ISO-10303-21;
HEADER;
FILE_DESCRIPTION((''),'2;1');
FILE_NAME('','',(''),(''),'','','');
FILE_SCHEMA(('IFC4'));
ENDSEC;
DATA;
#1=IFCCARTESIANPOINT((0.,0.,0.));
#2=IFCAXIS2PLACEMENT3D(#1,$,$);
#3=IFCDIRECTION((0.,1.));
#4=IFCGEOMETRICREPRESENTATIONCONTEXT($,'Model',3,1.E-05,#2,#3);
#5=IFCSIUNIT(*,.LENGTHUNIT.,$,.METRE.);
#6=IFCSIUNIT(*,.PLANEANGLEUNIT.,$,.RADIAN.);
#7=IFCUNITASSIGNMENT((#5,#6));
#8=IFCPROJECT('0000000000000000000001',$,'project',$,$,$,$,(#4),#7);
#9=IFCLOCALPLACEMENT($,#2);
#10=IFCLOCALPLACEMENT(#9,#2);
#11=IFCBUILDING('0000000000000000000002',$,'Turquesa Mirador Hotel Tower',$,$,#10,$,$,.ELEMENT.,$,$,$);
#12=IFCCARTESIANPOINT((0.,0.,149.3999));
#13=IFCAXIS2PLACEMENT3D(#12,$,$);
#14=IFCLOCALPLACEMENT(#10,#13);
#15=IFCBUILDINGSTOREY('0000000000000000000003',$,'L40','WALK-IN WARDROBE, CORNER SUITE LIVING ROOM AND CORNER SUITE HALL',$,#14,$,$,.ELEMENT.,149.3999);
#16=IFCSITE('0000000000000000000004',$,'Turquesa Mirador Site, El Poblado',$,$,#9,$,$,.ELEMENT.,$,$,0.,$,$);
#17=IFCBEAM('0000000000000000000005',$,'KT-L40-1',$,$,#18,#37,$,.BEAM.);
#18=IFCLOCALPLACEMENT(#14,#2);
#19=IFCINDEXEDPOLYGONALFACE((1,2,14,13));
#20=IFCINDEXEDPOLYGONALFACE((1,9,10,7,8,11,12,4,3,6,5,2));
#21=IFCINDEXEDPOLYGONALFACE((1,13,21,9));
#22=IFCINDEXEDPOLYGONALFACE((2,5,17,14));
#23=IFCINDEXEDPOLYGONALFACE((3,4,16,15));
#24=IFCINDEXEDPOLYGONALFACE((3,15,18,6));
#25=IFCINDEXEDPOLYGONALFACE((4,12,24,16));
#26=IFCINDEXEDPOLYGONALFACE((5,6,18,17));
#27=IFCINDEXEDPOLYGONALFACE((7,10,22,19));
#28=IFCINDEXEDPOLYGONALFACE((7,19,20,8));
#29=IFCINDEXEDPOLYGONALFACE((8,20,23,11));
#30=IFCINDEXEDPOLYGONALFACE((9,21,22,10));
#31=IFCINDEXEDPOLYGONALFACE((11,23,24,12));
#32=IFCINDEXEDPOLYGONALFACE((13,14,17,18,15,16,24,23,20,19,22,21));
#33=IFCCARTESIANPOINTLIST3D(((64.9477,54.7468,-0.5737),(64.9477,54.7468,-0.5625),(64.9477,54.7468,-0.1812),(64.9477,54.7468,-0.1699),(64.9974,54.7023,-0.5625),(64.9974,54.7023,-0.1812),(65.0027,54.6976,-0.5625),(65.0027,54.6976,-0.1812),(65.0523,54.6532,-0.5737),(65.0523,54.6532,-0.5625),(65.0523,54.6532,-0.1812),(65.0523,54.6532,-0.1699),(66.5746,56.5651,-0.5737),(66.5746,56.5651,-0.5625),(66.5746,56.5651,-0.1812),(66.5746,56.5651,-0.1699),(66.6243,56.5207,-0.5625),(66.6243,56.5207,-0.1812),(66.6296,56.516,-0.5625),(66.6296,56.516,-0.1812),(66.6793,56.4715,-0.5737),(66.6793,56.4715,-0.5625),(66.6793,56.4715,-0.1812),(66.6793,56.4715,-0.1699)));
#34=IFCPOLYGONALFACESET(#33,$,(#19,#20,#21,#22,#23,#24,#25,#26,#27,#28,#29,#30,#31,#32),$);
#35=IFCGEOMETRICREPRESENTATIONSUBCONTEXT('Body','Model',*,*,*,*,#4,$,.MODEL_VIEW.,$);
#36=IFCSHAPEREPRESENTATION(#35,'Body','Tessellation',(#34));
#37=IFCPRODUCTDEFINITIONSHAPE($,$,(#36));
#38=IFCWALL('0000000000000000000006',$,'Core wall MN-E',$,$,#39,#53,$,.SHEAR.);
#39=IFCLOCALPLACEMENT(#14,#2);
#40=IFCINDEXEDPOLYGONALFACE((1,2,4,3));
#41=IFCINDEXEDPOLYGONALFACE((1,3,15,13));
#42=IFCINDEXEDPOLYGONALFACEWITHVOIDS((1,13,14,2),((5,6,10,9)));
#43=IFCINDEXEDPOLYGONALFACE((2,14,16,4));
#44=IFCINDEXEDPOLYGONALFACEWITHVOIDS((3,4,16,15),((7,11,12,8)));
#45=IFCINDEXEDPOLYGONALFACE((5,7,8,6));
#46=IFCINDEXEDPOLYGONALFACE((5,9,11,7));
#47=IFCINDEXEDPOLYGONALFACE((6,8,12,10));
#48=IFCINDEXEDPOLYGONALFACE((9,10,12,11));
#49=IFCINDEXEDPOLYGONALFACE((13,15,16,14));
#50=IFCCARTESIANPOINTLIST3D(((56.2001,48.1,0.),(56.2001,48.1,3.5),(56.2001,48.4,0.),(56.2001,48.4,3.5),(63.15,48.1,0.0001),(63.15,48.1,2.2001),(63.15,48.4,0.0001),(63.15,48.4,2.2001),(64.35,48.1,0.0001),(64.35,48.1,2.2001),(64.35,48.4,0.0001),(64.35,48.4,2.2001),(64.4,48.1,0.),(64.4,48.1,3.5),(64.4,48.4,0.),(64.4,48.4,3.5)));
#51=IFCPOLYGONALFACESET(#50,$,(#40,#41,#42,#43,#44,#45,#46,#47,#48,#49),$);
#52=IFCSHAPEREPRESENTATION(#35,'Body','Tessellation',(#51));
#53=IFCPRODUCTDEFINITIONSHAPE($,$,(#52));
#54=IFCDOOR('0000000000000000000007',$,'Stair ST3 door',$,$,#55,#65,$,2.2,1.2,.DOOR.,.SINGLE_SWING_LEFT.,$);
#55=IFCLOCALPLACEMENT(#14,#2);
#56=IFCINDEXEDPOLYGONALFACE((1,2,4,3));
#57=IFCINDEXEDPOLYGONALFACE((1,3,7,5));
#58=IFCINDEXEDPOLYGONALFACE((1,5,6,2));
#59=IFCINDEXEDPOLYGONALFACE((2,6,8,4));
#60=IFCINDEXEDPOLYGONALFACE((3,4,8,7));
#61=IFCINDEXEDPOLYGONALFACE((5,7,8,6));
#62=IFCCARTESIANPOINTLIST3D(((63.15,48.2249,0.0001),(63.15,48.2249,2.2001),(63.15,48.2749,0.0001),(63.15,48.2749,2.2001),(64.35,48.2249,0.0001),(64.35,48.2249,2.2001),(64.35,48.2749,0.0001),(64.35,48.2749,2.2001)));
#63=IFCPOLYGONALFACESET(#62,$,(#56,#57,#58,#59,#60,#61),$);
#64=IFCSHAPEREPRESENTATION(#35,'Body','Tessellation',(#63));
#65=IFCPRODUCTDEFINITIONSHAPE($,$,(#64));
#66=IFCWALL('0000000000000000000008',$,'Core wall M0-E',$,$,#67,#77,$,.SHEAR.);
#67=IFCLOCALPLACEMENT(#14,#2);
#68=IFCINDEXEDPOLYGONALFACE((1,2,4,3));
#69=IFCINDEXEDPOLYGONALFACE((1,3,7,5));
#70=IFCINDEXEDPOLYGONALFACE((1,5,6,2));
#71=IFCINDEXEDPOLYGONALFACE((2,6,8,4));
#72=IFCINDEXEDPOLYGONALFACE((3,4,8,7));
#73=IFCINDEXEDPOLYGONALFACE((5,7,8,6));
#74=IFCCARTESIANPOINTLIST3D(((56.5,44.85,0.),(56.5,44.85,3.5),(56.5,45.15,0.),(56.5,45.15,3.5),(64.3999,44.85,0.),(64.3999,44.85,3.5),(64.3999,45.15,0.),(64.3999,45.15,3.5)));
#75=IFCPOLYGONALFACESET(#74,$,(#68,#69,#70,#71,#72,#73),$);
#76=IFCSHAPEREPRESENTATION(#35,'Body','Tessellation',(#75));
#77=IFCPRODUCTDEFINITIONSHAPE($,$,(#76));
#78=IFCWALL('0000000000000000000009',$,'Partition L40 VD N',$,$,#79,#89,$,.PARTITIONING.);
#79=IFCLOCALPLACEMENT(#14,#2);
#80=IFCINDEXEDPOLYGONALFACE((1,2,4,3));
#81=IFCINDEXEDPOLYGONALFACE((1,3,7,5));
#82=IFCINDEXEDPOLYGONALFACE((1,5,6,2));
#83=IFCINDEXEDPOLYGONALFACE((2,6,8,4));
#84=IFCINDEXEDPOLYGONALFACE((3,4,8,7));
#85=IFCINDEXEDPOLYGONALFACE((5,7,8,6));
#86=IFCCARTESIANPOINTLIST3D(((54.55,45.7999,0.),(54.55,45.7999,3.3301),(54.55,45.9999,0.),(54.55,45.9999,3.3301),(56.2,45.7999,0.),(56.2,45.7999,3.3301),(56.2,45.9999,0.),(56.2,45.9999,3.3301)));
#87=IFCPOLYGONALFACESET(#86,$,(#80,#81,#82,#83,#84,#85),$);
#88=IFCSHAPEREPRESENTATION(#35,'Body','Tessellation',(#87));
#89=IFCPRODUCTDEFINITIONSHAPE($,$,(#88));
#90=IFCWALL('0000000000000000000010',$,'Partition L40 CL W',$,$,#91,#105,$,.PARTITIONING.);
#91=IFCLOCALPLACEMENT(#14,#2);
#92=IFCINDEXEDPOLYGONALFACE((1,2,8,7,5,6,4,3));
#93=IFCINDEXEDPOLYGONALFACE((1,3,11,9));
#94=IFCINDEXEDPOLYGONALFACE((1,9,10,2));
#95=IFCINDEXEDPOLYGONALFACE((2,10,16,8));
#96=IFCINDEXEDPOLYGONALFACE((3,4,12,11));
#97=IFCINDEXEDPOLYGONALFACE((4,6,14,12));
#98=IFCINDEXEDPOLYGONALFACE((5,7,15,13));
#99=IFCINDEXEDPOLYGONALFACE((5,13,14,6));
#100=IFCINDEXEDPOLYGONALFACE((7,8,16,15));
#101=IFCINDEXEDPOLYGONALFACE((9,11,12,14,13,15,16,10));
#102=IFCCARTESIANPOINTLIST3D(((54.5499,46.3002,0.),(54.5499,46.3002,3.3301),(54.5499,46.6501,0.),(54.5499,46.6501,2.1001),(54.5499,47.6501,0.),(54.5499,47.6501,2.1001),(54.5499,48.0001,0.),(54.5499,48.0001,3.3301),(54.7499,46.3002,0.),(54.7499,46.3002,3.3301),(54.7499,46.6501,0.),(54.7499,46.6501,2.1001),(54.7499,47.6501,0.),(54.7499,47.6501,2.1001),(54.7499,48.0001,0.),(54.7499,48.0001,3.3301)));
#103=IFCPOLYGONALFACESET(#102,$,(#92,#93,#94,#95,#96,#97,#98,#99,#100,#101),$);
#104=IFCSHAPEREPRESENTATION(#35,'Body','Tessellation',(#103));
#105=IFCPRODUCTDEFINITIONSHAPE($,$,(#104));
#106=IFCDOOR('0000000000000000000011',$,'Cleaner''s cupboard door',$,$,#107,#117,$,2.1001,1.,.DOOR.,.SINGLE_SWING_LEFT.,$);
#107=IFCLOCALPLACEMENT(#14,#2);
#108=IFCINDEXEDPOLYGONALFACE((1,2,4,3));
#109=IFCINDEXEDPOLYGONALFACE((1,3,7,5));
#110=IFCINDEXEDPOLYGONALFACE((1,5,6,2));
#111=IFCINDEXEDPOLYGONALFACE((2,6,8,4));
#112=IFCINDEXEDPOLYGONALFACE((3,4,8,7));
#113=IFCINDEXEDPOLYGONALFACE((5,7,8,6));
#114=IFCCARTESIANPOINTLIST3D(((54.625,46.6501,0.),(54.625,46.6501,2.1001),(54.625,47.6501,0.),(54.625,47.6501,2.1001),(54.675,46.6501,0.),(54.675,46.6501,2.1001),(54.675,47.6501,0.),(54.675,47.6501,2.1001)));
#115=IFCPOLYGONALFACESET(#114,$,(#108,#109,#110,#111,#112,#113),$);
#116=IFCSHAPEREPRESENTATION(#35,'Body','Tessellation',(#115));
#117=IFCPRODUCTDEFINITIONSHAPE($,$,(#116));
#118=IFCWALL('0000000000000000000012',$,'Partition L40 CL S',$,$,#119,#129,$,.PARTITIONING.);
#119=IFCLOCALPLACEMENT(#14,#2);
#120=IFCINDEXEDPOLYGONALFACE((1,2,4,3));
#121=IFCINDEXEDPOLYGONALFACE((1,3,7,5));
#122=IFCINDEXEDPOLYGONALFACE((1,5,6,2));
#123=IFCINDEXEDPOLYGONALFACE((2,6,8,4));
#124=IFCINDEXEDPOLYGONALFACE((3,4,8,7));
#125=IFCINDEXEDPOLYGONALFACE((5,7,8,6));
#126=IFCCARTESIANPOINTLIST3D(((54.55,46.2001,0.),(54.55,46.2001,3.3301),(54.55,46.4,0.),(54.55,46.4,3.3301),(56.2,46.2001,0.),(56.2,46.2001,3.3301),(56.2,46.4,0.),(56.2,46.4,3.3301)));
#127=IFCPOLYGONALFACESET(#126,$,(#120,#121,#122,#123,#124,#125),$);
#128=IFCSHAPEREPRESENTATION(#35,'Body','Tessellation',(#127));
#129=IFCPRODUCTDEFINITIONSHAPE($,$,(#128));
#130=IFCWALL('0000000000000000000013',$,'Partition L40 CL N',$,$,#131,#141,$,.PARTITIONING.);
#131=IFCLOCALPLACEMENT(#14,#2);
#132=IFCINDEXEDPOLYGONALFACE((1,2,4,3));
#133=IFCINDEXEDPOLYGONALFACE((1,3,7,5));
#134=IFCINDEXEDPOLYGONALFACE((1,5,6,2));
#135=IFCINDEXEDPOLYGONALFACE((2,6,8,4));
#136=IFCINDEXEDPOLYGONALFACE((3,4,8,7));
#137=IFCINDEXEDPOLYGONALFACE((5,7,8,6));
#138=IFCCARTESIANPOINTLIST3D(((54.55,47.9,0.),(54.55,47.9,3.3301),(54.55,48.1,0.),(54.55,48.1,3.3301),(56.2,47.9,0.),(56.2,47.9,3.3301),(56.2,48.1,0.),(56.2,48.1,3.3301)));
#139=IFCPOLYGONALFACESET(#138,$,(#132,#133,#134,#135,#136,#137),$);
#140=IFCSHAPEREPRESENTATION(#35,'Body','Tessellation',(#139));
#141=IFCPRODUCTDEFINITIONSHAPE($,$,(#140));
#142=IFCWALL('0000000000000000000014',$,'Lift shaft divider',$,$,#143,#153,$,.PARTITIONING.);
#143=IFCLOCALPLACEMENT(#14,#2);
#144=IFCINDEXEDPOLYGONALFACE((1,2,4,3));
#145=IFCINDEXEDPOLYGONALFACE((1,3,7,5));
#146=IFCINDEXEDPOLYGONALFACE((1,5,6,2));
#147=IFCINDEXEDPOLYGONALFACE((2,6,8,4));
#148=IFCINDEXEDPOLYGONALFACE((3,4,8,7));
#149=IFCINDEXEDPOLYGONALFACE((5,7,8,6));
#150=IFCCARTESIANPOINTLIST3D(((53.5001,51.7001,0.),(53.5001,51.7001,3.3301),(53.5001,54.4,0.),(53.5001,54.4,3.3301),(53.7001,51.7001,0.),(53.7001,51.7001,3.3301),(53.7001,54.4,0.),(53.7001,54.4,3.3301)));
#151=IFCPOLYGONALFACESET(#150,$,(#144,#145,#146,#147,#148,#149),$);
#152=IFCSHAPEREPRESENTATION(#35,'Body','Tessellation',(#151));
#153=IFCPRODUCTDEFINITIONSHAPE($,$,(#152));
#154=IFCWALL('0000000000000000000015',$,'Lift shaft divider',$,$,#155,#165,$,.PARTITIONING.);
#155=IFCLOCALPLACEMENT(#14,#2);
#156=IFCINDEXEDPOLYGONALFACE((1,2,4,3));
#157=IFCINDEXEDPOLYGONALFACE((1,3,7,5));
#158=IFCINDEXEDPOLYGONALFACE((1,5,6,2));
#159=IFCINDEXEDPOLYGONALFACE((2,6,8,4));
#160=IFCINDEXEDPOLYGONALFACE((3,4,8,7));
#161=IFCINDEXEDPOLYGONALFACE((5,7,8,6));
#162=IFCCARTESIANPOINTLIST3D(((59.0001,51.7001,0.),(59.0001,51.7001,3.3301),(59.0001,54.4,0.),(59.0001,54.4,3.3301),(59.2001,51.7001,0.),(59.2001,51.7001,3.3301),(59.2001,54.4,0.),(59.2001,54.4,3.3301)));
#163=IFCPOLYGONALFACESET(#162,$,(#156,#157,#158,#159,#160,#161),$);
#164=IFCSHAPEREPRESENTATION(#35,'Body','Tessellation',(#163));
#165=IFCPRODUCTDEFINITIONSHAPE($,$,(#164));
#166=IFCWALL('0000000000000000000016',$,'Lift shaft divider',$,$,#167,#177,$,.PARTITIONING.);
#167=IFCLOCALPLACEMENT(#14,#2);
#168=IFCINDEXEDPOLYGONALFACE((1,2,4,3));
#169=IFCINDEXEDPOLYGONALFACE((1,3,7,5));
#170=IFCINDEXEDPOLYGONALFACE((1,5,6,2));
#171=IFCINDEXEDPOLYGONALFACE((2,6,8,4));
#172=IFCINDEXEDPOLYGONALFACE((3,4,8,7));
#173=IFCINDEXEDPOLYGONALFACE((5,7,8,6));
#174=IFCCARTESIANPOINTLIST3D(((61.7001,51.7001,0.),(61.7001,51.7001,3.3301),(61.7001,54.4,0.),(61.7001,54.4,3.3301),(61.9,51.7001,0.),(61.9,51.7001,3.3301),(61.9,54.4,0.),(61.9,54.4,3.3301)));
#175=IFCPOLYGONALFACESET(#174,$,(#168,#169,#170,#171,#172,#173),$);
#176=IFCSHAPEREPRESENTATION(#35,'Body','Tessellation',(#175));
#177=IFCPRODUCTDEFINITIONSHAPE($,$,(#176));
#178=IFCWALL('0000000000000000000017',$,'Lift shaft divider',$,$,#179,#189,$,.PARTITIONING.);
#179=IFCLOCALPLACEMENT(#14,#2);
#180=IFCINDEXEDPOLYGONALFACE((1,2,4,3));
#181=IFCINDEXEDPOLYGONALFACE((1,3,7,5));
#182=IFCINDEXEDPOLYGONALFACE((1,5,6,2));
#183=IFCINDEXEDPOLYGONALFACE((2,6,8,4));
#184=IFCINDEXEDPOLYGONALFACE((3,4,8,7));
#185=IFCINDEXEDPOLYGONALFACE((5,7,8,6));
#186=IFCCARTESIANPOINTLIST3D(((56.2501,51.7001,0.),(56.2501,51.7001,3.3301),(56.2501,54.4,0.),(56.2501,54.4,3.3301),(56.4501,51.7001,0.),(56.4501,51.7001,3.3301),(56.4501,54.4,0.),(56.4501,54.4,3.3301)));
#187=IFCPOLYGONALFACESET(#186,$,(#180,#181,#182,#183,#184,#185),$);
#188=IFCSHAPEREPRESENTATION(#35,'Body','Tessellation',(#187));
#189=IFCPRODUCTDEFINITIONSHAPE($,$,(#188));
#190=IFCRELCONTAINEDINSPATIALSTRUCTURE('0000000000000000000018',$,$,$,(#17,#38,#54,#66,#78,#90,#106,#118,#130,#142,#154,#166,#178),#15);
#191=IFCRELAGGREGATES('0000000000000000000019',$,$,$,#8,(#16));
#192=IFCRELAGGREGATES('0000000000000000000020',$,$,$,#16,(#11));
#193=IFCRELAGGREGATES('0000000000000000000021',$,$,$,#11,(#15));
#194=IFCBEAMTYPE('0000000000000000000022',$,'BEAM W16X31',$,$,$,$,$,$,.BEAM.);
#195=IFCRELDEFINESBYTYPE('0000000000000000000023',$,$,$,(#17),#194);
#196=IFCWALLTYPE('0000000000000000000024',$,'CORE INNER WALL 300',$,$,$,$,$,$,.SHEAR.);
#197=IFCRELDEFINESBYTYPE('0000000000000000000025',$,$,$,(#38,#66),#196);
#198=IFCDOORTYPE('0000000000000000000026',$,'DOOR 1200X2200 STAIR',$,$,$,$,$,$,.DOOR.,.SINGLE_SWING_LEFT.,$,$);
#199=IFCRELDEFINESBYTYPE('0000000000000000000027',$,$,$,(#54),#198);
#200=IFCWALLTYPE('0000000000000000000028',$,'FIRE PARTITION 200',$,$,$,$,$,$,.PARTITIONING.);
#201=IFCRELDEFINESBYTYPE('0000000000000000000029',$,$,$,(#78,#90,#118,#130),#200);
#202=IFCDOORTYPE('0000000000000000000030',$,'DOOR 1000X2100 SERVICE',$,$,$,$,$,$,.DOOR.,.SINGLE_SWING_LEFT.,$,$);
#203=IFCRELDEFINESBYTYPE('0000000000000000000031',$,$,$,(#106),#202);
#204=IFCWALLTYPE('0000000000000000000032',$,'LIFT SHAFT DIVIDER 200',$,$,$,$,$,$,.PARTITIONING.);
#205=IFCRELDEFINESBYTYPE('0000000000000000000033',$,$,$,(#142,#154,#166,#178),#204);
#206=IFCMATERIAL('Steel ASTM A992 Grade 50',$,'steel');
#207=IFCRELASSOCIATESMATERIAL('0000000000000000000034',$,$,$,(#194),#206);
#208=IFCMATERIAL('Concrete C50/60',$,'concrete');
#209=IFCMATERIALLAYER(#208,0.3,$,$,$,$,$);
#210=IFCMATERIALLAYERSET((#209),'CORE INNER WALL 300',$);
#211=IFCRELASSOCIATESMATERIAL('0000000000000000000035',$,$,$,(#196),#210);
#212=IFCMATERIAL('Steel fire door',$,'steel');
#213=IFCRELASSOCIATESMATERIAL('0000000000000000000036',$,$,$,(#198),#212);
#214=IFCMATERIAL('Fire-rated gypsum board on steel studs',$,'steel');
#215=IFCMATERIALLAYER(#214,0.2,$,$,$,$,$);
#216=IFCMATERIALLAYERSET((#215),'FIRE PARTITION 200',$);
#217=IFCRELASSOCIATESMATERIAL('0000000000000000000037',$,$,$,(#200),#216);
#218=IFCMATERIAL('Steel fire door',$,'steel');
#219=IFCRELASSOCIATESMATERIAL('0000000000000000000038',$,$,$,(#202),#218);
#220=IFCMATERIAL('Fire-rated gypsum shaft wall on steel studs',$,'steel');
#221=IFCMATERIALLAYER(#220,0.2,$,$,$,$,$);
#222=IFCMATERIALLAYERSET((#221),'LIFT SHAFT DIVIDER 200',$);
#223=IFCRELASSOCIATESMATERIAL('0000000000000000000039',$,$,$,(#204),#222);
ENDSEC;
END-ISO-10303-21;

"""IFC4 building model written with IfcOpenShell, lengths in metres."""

from ifc_helpers import new_model, si_unit, direction, frame, frame_2d, origin, origin_2d, place, context, subcontext, project, spatial, rectangle, i_section, extrude, material, layer, layer_set, material_profile, profile_set, type_object, element, fill, save


model = new_model("IFC4")

# Units and contexts
model_context = context("Model", 3, precision=1e-05, world=origin(), true_north=direction((0.0, 1.0)))
body_context = subcontext(model_context, "Body", "Model", "MODEL_VIEW")
ifc_project = project(units=[si_unit("LENGTHUNIT", "METRE"), si_unit("PLANEANGLEUNIT", "RADIAN")], contexts=[model_context])

# Site, building, storey
site_placement = place(None, origin())
site = spatial("IfcSite", under=ifc_project, at=site_placement, Name="Turquesa Mirador Site, El Poblado", CompositionType="ELEMENT", RefElevation=0.0)
building_placement = place(site_placement, origin())
building = spatial("IfcBuilding", under=site, at=building_placement, Name="Turquesa Mirador Hotel Tower", CompositionType="ELEMENT")
storey_placement = place(building_placement, frame((0.0, 0.0, 149.3999)))
storey = spatial("IfcBuildingStorey", under=building, at=storey_placement, Name="L40", Description="WALK-IN WARDROBE, CORNER SUITE LIVING ROOM AND CORNER SUITE HALL", CompositionType="ELEMENT", Elevation=149.3999)

# Beam
ifc_material_1 = material(Name="Steel ASTM A992 Grade 50", Category="steel")
ifc_material_profile = material_profile(ifc_material_1, i_section(OverallWidth=0.1404, OverallDepth=0.4038, WebThickness=0.0071, FlangeThickness=0.0112, at=origin_2d()), Name="W16X31")
ifc_profile_set = profile_set([ifc_material_profile], Name="Steel ASTM A992 Grade 50")
beam_type = type_object("IfcBeamType", Name="BEAM W16X31", PredefinedType="BEAM", material=ifc_profile_set)
beam_placement = place(storey_placement, frame((66.627, 56.5183, -0.3718), z_axis=(-0.666795, -0.745241, 0.0), x_axis=(0.745241, -0.666795, 0.0)))
element("IfcBeam", 1, at=beam_placement, inside=storey, type_object=beam_type, Name="KT-L40-1", PredefinedType="BEAM", context=body_context, shape_type="SweptSolid", body=[
    extrude(i_section(OverallWidth=0.1404, OverallDepth=0.4038, WebThickness=0.0071, FlangeThickness=0.0112, at=origin_2d()), origin(), (0.0, 0.0, 1.0), 2.4399),
])

# Wall, opening, door
ifc_material_2 = material(Name="Concrete C50/60", Category="concrete")
ifc_layer_1 = layer(ifc_material_2, 0.3)
ifc_layer_set_1 = layer_set([ifc_layer_1], Name="CORE INNER WALL 300")
wall_type_1 = type_object("IfcWallType", Name="CORE INNER WALL 300", PredefinedType="SHEAR", material=ifc_layer_set_1)
wall_1_placement = place(storey_placement, frame((56.2, 48.25, 0.0), z_axis=(0.0, 0.0, 1.0), x_axis=(1.0, 0.0, 0.0)))
wall_1 = element("IfcWall", 2, at=wall_1_placement, inside=storey, type_object=wall_type_1, Name="Core wall MN-E", PredefinedType="SHEAR", context=body_context, shape_type="SweptSolid", body=[
    extrude(rectangle(XDim=8.2, YDim=0.3, at=frame_2d((4.1001, 0.0))), origin(), (0.0, 0.0, 1.0), 3.5),
])
opening_1_placement = place(wall_1_placement, frame((6.95, 0.0, 0.0)))
opening_1 = element("IfcOpeningElement", 3, at=opening_1_placement, cuts=wall_1, PredefinedType="OPENING", context=body_context, shape_type="SweptSolid", body=[
    extrude(rectangle(XDim=1.2, YDim=2.2, at=frame_2d((0.6001, 1.1001))), frame((0.0, 0.1599, 0.0), z_axis=(0.0, -1.0, 0.0), x_axis=(1.0, 0.0, 0.0)), (0.0, 0.0, 1.0), 0.3201),
])
ifc_material_3 = material(Name="Steel fire door", Category="steel")
door_type_1 = type_object("IfcDoorType", Name="DOOR 1200X2200 STAIR", OperationType="SINGLE_SWING_LEFT", PredefinedType="DOOR", material=ifc_material_3)
door_1_placement = place(opening_1_placement, origin())
door_1 = element("IfcDoor", 4, at=door_1_placement, inside=storey, type_object=door_type_1, Name="Stair ST3 door", OperationType="SINGLE_SWING_LEFT", OverallHeight=2.2, OverallWidth=1.2, PredefinedType="DOOR", context=body_context, shape_type="SweptSolid", body=[
    extrude(rectangle(XDim=1.2, YDim=2.2, at=frame_2d((0.6001, 1.1001))), frame((0.0, 0.0249, 0.0), z_axis=(0.0, -1.0, 0.0), x_axis=(1.0, 0.0, 0.0)), (0.0, 0.0, 1.0), 0.05),
])
fill(opening_1, door_1)

# Walls
wall_2_placement = place(storey_placement, frame((56.5, 45.0, 0.0), z_axis=(0.0, 0.0, 1.0), x_axis=(1.0, 0.0, 0.0)))
element("IfcWall", 5, at=wall_2_placement, inside=storey, type_object=wall_type_1, Name="Core wall M0-E", PredefinedType="SHEAR", context=body_context, shape_type="SweptSolid", body=[
    extrude(rectangle(XDim=7.8999, YDim=0.3, at=frame_2d((3.95, 0.0))), origin(), (0.0, 0.0, 1.0), 3.5),
])
ifc_material_4 = material(Name="Fire-rated gypsum board on steel studs", Category="steel")
ifc_layer_2 = layer(ifc_material_4, 0.2)
ifc_layer_set_2 = layer_set([ifc_layer_2], Name="FIRE PARTITION 200")
wall_type_2 = type_object("IfcWallType", Name="FIRE PARTITION 200", PredefinedType="PARTITIONING", material=ifc_layer_set_2)
wall_3_placement = place(storey_placement, frame((54.55, 45.8999, 0.0), z_axis=(0.0, 0.0, 1.0), x_axis=(1.0, 0.0, 0.0)))
element("IfcWall", 6, at=wall_3_placement, inside=storey, type_object=wall_type_2, Name="Partition L40 VD N", PredefinedType="PARTITIONING", context=body_context, shape_type="SweptSolid", body=[
    extrude(rectangle(XDim=1.6499, YDim=0.2, at=frame_2d((0.825, 0.0))), origin(), (0.0, 0.0, 1.0), 3.3301),
])

# Wall, opening, door
wall_4_placement = place(storey_placement, frame((54.6499, 46.3, 0.0), z_axis=(0.0, 0.0, 1.0), x_axis=(0.0, 1.0, 0.0)))
wall_4 = element("IfcWall", 7, at=wall_4_placement, inside=storey, type_object=wall_type_2, Name="Partition L40 CL W", PredefinedType="PARTITIONING", context=body_context, shape_type="SweptSolid", body=[
    extrude(rectangle(XDim=1.7, YDim=0.2, at=frame_2d((0.8501, 0.0))), origin(), (0.0, 0.0, 1.0), 3.3301),
])
opening_2_placement = place(wall_4_placement, frame((0.3501, 0.0, 0.0)))
opening_2 = element("IfcOpeningElement", 8, at=opening_2_placement, cuts=wall_4, PredefinedType="OPENING", context=body_context, shape_type="SweptSolid", body=[
    extrude(rectangle(XDim=1.0, YDim=2.1001, at=frame_2d((0.5, 1.05))), frame((0.0, 0.1099, 0.0), z_axis=(0.0, -1.0, 0.0), x_axis=(1.0, 0.0, 0.0)), (0.0, 0.0, 1.0), 0.22),
])
ifc_material_5 = material(Name="Steel fire door", Category="steel")
door_type_2 = type_object("IfcDoorType", Name="DOOR 1000X2100 SERVICE", OperationType="SINGLE_SWING_LEFT", PredefinedType="DOOR", material=ifc_material_5)
door_2_placement = place(opening_2_placement, origin())
door_2 = element("IfcDoor", 9, at=door_2_placement, inside=storey, type_object=door_type_2, Name="Cleaner's cupboard door", OperationType="SINGLE_SWING_LEFT", OverallHeight=2.1001, OverallWidth=1.0, PredefinedType="DOOR", context=body_context, shape_type="SweptSolid", body=[
    extrude(rectangle(XDim=1.0, YDim=2.1001, at=frame_2d((0.5, 1.05))), frame((0.0, 0.0249, 0.0), z_axis=(0.0, -1.0, 0.0), x_axis=(1.0, 0.0, 0.0)), (0.0, 0.0, 1.0), 0.05),
])
fill(opening_2, door_2)

# Walls
for number, where, z_axis, x_axis, name in (
    (10, (54.55, 46.3, 0.0), (0.0, 0.0, 1.0), (1.0, 0.0, 0.0), "Partition L40 CL S"),
    (11, (54.55, 48.0, 0.0), (0.0, 0.0, 1.0), (1.0, 0.0, 0.0), "Partition L40 CL N"),
):
    element("IfcWall", number, at=place(storey_placement, frame(where, z_axis=z_axis, x_axis=x_axis)), inside=storey, type_object=wall_type_2, Name=name, PredefinedType="PARTITIONING", context=body_context, shape_type="SweptSolid", body=[
        extrude(rectangle(XDim=1.6499, YDim=0.2, at=frame_2d((0.825, 0.0))), origin(), (0.0, 0.0, 1.0), 3.3301),
    ])
ifc_material_6 = material(Name="Fire-rated gypsum shaft wall on steel studs", Category="steel")
ifc_layer_3 = layer(ifc_material_6, 0.2)
ifc_layer_set_3 = layer_set([ifc_layer_3], Name="LIFT SHAFT DIVIDER 200")
wall_type_3 = type_object("IfcWallType", Name="LIFT SHAFT DIVIDER 200", PredefinedType="PARTITIONING", material=ifc_layer_set_3)
for number, where, z_axis, x_axis, name in (
    (12, (53.6001, 51.7, 0.0), (0.0, 0.0, 1.0), (0.0, 1.0, 0.0), "Lift shaft divider"),
    (13, (59.1001, 51.7, 0.0), (0.0, 0.0, 1.0), (0.0, 1.0, 0.0), "Lift shaft divider"),
    (14, (61.8, 51.7, 0.0), (0.0, 0.0, 1.0), (0.0, 1.0, 0.0), "Lift shaft divider"),
    (15, (56.3501, 51.7, 0.0), (0.0, 0.0, 1.0), (0.0, 1.0, 0.0), "Lift shaft divider"),
):
    element("IfcWall", number, at=place(storey_placement, frame(where, z_axis=z_axis, x_axis=x_axis)), inside=storey, type_object=wall_type_3, Name=name, PredefinedType="PARTITIONING", context=body_context, shape_type="SweptSolid", body=[
        extrude(rectangle(XDim=2.7, YDim=0.2, at=frame_2d((1.3501, 0.0))), origin(), (0.0, 0.0, 1.0), 3.3301),
    ])

save(model, "model.ifc")
